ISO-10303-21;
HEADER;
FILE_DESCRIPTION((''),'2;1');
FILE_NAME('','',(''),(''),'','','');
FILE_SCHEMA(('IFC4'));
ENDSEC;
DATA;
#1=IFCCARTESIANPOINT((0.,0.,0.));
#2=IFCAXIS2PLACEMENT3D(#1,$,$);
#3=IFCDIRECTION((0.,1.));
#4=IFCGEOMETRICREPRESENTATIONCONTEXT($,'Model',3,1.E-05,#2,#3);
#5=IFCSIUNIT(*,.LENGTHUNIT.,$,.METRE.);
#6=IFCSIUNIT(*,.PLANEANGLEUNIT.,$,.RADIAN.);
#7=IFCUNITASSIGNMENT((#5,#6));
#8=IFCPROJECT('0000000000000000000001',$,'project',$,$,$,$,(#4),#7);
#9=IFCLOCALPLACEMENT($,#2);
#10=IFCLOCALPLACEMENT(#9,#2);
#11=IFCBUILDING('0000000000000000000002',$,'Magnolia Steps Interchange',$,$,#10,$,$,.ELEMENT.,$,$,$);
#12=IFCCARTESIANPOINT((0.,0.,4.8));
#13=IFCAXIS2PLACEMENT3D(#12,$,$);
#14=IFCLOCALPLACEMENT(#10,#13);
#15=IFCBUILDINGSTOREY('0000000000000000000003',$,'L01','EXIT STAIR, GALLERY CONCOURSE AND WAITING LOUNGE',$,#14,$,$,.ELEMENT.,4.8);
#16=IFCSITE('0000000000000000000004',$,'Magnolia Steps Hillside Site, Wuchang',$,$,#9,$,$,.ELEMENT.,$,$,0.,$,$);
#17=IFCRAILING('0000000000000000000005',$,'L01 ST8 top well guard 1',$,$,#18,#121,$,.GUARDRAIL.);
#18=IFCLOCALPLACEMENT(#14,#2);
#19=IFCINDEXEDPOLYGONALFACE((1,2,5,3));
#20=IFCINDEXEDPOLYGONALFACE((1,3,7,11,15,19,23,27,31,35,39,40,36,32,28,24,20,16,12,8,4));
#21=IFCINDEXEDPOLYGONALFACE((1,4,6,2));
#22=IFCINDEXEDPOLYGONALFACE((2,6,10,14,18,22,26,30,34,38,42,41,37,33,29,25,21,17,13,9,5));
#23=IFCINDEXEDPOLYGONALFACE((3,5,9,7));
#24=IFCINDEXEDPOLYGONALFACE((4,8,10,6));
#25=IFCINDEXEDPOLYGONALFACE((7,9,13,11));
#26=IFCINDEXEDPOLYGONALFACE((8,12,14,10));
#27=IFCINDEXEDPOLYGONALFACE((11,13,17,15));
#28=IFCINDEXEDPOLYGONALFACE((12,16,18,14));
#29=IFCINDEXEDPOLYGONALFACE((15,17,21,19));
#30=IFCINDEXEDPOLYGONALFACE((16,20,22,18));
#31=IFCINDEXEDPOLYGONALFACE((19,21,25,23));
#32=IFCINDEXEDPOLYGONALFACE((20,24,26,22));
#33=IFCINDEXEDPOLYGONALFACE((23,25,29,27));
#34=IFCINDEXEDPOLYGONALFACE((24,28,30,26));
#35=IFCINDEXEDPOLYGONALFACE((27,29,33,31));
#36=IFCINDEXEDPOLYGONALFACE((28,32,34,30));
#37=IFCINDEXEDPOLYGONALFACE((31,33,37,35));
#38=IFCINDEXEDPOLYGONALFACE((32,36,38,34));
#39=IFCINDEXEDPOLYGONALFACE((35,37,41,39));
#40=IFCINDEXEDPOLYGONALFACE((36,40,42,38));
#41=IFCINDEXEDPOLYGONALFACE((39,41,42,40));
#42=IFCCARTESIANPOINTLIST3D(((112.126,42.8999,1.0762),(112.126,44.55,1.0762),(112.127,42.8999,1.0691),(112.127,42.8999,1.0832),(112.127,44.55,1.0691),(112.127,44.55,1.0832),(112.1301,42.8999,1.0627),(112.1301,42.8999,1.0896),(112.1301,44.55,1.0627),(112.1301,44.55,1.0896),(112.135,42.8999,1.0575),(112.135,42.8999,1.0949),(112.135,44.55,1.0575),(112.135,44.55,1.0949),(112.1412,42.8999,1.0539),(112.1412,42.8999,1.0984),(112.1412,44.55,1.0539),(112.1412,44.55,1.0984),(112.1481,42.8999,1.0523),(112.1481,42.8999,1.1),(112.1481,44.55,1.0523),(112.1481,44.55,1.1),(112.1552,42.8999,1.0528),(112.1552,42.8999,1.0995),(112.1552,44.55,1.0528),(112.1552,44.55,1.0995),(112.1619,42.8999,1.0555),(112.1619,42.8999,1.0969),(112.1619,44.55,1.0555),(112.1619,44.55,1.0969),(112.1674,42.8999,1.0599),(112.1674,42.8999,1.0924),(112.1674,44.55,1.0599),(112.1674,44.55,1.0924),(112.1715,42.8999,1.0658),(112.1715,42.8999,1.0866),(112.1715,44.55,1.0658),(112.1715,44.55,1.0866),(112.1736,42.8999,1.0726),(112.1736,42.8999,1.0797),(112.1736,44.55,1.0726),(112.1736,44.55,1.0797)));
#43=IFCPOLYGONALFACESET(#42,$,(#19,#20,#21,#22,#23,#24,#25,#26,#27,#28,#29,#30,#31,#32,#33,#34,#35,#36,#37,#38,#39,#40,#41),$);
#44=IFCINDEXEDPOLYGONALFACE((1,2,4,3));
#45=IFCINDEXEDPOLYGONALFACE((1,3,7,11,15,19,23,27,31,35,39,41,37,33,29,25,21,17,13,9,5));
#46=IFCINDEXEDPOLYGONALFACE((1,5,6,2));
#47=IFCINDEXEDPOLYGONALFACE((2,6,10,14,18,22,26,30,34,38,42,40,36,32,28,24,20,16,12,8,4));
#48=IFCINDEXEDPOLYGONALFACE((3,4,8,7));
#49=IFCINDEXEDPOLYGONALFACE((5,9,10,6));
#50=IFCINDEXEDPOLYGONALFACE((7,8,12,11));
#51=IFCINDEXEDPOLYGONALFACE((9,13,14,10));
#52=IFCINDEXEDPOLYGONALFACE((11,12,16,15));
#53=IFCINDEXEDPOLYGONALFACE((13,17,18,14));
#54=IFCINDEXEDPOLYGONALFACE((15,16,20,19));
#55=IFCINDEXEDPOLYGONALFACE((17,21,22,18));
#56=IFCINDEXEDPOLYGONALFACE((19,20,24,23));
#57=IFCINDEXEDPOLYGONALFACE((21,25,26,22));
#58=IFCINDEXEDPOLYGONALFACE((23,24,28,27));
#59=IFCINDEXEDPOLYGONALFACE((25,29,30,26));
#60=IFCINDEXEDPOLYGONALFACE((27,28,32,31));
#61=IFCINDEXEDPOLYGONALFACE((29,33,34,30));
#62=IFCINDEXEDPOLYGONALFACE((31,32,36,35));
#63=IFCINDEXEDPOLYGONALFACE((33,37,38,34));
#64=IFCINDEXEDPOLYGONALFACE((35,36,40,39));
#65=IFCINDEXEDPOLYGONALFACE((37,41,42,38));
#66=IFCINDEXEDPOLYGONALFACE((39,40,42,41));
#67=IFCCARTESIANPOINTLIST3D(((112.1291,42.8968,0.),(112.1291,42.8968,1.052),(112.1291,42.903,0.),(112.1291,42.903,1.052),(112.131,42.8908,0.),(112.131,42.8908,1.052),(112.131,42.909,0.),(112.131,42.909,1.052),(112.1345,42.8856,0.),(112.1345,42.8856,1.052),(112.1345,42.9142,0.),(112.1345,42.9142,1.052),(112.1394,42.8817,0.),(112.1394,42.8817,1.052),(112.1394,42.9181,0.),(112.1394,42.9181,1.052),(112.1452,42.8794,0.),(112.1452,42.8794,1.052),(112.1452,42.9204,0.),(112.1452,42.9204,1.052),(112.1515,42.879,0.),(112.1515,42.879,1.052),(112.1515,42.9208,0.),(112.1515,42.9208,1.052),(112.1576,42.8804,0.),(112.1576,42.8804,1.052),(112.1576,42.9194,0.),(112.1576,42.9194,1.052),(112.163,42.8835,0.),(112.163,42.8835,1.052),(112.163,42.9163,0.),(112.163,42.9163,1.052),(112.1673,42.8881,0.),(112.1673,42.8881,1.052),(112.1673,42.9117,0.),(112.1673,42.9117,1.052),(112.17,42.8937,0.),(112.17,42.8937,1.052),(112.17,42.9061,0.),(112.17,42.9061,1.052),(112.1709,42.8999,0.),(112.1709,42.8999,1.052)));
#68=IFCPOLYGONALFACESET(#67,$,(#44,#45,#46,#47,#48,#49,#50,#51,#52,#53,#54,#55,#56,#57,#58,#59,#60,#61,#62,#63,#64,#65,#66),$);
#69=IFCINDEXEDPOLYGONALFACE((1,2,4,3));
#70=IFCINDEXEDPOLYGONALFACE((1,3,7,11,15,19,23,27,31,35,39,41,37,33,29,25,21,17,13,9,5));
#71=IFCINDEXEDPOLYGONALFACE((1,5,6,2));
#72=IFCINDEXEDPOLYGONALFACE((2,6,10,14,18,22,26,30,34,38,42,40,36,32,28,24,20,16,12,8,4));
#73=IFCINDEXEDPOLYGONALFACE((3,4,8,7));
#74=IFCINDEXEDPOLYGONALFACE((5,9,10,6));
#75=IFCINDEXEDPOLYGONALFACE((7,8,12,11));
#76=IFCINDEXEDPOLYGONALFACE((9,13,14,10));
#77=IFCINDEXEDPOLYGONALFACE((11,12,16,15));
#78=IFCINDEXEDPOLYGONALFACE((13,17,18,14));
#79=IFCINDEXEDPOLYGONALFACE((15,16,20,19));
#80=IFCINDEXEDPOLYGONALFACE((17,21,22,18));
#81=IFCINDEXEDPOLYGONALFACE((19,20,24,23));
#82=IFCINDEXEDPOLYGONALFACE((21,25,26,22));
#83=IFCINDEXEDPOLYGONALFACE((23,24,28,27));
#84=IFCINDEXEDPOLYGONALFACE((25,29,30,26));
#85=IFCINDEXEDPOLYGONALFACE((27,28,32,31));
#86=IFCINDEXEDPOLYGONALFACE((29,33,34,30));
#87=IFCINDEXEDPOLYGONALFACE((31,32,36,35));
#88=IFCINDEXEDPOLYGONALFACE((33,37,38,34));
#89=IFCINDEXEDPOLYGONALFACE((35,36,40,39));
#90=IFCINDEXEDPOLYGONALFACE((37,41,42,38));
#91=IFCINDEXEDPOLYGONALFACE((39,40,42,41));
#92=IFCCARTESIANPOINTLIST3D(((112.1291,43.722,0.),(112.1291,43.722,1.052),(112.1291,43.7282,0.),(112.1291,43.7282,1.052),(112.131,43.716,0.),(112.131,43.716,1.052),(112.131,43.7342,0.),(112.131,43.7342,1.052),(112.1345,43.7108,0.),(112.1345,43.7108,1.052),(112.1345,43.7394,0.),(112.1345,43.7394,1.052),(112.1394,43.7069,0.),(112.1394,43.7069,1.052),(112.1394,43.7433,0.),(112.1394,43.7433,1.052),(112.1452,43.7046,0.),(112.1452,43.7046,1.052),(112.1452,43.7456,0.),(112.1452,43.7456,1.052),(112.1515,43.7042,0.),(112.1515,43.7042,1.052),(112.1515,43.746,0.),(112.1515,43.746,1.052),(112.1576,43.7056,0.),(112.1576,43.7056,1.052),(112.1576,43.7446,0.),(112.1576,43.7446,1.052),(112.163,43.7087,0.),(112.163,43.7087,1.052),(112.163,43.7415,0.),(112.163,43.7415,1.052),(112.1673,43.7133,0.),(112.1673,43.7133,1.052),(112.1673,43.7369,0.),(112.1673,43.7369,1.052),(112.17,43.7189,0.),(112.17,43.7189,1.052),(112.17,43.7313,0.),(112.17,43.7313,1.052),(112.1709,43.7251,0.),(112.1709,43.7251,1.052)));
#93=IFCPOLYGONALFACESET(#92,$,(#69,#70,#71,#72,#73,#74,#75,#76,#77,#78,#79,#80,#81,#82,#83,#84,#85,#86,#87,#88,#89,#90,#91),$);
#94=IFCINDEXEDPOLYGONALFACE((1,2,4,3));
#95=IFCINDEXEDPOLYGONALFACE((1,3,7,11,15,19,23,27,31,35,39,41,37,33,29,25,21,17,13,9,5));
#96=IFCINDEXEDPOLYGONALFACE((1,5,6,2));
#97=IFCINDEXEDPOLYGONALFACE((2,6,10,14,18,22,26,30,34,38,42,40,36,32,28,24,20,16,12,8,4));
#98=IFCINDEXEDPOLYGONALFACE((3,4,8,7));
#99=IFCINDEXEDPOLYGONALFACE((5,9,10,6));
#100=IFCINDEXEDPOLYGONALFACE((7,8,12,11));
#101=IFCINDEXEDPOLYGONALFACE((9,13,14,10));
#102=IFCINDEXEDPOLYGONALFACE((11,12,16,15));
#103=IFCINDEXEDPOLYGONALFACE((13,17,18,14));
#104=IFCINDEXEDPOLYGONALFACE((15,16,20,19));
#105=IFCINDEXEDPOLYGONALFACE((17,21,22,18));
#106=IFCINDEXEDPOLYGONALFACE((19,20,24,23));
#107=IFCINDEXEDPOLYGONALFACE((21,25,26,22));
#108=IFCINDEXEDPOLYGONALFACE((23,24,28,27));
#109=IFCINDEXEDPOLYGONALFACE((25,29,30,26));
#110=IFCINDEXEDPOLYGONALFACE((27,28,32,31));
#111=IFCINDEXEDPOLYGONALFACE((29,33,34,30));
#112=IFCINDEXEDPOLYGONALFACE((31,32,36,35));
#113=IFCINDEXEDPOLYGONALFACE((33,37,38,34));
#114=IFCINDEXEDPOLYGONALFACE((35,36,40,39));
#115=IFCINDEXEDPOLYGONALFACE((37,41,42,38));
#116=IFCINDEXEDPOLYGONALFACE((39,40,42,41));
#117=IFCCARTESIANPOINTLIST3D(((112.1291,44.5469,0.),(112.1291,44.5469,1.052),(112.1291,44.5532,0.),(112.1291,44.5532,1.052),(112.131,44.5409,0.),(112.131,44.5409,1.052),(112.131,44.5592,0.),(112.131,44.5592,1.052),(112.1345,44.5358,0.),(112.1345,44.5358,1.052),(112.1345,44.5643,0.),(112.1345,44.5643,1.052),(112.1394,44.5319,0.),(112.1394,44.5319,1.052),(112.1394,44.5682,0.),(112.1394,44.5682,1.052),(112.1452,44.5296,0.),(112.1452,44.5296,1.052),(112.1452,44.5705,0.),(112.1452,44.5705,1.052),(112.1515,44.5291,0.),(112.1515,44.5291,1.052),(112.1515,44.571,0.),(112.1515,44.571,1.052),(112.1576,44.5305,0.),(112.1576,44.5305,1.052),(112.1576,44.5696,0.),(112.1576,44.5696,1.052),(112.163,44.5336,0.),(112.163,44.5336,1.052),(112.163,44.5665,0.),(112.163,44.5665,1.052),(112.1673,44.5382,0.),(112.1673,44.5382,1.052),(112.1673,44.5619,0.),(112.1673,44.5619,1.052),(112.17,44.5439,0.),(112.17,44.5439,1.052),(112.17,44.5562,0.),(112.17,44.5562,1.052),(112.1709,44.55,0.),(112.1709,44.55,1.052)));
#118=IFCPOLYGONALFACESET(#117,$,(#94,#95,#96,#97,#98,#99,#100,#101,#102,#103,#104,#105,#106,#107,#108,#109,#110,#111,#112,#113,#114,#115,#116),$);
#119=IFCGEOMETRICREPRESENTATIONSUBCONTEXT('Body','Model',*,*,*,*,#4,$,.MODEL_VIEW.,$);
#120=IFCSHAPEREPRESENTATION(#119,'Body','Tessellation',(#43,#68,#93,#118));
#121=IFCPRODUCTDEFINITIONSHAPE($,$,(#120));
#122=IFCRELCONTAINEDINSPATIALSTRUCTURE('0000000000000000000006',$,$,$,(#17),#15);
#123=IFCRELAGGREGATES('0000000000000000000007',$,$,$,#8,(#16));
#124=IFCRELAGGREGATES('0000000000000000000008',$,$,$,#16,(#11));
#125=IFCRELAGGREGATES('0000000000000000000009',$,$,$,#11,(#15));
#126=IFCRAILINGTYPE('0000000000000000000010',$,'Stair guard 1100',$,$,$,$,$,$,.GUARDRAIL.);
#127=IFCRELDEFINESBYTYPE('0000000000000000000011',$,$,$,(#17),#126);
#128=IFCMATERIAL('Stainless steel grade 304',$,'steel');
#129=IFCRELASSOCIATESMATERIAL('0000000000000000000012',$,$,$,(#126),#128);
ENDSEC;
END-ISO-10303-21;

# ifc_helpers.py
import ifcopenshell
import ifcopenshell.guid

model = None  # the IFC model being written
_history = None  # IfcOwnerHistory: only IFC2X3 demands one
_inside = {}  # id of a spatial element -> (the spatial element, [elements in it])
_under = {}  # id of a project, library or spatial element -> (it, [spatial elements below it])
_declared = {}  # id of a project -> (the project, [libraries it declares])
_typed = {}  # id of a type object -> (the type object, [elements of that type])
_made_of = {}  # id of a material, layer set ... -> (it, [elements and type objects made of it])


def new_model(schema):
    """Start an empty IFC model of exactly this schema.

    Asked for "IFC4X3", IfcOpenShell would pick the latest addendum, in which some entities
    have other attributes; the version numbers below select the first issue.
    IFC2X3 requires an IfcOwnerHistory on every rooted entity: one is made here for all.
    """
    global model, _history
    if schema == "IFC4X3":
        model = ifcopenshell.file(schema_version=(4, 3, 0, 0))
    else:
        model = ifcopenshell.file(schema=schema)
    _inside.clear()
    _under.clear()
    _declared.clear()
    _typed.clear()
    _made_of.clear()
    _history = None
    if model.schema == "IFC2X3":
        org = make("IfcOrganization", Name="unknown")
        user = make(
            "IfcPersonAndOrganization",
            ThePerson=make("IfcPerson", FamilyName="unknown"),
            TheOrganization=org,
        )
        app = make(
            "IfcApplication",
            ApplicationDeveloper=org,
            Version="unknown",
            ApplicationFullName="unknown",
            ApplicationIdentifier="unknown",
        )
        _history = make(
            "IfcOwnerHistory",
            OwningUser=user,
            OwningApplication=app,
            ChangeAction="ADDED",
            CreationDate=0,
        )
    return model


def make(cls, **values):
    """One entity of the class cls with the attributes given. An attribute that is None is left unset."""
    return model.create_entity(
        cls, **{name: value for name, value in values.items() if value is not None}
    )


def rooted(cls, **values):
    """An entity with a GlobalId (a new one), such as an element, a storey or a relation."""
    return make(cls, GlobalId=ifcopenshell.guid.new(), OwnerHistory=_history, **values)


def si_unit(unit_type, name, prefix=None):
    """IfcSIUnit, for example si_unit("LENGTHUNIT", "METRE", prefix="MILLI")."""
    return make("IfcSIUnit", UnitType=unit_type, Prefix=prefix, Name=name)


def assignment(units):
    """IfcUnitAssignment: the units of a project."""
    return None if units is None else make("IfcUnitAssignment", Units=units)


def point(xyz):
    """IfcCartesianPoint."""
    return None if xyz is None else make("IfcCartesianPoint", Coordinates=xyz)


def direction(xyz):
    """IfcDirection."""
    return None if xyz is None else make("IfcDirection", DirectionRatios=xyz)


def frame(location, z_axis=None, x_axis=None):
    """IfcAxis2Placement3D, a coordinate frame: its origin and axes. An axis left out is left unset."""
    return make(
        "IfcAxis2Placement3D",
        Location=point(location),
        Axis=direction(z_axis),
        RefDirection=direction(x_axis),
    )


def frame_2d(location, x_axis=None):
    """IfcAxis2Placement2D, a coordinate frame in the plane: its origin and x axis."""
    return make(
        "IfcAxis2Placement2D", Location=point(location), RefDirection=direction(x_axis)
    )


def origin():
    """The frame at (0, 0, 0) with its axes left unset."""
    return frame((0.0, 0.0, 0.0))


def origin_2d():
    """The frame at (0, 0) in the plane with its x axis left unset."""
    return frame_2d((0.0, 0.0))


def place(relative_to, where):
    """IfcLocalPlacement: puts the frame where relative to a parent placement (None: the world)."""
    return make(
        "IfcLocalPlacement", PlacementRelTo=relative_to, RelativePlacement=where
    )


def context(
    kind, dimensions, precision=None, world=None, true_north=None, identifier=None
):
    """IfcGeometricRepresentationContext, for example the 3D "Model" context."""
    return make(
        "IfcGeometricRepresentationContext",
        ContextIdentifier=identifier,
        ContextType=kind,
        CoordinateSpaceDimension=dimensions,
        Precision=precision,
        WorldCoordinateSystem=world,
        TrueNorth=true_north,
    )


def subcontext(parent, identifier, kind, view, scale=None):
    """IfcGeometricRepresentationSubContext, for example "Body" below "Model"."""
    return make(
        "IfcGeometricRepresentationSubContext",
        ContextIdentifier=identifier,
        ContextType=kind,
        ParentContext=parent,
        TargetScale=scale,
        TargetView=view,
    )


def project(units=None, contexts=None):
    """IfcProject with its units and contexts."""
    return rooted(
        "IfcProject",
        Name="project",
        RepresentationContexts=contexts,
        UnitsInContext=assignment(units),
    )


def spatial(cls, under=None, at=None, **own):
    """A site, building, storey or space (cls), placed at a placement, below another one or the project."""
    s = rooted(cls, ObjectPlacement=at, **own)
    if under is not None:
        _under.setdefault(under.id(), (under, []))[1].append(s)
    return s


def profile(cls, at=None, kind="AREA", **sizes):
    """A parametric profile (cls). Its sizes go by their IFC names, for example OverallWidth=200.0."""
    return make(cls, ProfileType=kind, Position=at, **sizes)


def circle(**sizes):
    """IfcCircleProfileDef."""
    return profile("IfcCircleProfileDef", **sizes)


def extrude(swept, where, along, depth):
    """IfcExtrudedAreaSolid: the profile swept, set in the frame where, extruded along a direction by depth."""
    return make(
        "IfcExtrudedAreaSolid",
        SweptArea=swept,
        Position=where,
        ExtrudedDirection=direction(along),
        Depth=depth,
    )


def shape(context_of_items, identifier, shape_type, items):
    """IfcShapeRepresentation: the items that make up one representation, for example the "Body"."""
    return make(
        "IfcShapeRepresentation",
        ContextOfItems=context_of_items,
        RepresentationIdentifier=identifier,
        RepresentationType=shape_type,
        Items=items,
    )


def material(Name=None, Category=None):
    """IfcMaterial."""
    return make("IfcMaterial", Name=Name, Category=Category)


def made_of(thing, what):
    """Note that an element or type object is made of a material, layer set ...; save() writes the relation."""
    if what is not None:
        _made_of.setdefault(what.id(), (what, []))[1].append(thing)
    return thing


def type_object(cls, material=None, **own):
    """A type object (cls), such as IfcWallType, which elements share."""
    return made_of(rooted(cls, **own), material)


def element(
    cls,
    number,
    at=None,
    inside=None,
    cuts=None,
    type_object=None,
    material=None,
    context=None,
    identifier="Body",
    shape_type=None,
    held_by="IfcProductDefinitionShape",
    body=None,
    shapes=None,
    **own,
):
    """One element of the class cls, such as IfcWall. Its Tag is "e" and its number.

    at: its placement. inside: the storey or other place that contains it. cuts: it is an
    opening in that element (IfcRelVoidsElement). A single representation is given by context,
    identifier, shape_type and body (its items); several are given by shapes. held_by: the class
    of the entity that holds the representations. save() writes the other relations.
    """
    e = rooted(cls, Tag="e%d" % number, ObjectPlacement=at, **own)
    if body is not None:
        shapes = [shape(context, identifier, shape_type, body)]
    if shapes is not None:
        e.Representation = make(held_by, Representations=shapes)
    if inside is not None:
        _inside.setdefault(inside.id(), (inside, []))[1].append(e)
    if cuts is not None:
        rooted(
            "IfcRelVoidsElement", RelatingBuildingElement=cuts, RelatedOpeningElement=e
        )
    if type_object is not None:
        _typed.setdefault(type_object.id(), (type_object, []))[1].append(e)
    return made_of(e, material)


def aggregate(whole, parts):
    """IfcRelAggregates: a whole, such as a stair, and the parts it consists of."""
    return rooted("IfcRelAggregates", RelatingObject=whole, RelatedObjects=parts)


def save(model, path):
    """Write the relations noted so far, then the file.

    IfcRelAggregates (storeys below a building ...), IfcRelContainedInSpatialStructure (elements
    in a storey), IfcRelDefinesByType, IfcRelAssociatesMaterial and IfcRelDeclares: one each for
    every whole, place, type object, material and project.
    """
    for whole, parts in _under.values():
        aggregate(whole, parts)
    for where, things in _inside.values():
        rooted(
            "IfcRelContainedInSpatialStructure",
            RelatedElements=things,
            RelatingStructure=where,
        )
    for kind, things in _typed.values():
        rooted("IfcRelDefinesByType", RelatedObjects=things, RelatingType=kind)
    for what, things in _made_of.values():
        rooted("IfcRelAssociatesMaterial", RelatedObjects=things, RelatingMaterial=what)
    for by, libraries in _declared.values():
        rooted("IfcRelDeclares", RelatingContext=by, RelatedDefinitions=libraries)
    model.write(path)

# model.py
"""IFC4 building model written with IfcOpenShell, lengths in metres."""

from ifc_helpers import new_model, si_unit, direction, frame, origin, origin_2d, place, context, subcontext, project, spatial, circle, extrude, material, type_object, element, save


model = new_model("IFC4")

# Units and contexts
model_context = context("Model", 3, precision=1e-05, world=origin(), true_north=direction((0.0, 1.0)))
body_context = subcontext(model_context, "Body", "Model", "MODEL_VIEW")
ifc_project = project(units=[si_unit("LENGTHUNIT", "METRE"), si_unit("PLANEANGLEUNIT", "RADIAN")], contexts=[model_context])

# Site, building, storey
site_placement = place(None, origin())
site = spatial("IfcSite", under=ifc_project, at=site_placement, Name="Magnolia Steps Hillside Site, Wuchang", CompositionType="ELEMENT", RefElevation=0.0)
building_placement = place(site_placement, origin())
building = spatial("IfcBuilding", under=site, at=building_placement, Name="Magnolia Steps Interchange", CompositionType="ELEMENT")
storey_placement = place(building_placement, frame((0.0, 0.0, 4.8)))
storey = spatial("IfcBuildingStorey", under=building, at=storey_placement, Name="L01", Description="EXIT STAIR, GALLERY CONCOURSE AND WAITING LOUNGE", CompositionType="ELEMENT", Elevation=4.8)

# Railing
ifc_material_1 = material(Name="Stainless steel grade 304", Category="steel")
railing_type = type_object("IfcRailingType", Name="Stair guard 1100", PredefinedType="GUARDRAIL", material=ifc_material_1)
railing_1_placement = place(storey_placement, frame((112.1499, 42.8999, 0.0)))
element("IfcRailing", 1, at=railing_1_placement, inside=storey, type_object=railing_type, Name="L01 ST8 top well guard 1", PredefinedType="GUARDRAIL", context=body_context, shape_type="SweptSolid", body=[
    extrude(circle(Radius=0.0239, at=origin_2d()), frame((0.0, 0.0, 1.0762), z_axis=(0.0, 1.0, 0.0), x_axis=(-1.0, 0.0, 0.0)), (0.0, 0.0, 1.0), 1.6501),
    extrude(circle(Radius=0.021, at=origin_2d()), origin(), (0.0, 0.0, 1.0), 1.052),
    extrude(circle(Radius=0.021, at=origin_2d()), frame((0.0, 0.8252, 0.0)), (0.0, 0.0, 1.0), 1.052),
    extrude(circle(Radius=0.021, at=origin_2d()), frame((0.0, 1.6501, 0.0)), (0.0, 0.0, 1.0), 1.052),
])

save(model, "model.ifc")
